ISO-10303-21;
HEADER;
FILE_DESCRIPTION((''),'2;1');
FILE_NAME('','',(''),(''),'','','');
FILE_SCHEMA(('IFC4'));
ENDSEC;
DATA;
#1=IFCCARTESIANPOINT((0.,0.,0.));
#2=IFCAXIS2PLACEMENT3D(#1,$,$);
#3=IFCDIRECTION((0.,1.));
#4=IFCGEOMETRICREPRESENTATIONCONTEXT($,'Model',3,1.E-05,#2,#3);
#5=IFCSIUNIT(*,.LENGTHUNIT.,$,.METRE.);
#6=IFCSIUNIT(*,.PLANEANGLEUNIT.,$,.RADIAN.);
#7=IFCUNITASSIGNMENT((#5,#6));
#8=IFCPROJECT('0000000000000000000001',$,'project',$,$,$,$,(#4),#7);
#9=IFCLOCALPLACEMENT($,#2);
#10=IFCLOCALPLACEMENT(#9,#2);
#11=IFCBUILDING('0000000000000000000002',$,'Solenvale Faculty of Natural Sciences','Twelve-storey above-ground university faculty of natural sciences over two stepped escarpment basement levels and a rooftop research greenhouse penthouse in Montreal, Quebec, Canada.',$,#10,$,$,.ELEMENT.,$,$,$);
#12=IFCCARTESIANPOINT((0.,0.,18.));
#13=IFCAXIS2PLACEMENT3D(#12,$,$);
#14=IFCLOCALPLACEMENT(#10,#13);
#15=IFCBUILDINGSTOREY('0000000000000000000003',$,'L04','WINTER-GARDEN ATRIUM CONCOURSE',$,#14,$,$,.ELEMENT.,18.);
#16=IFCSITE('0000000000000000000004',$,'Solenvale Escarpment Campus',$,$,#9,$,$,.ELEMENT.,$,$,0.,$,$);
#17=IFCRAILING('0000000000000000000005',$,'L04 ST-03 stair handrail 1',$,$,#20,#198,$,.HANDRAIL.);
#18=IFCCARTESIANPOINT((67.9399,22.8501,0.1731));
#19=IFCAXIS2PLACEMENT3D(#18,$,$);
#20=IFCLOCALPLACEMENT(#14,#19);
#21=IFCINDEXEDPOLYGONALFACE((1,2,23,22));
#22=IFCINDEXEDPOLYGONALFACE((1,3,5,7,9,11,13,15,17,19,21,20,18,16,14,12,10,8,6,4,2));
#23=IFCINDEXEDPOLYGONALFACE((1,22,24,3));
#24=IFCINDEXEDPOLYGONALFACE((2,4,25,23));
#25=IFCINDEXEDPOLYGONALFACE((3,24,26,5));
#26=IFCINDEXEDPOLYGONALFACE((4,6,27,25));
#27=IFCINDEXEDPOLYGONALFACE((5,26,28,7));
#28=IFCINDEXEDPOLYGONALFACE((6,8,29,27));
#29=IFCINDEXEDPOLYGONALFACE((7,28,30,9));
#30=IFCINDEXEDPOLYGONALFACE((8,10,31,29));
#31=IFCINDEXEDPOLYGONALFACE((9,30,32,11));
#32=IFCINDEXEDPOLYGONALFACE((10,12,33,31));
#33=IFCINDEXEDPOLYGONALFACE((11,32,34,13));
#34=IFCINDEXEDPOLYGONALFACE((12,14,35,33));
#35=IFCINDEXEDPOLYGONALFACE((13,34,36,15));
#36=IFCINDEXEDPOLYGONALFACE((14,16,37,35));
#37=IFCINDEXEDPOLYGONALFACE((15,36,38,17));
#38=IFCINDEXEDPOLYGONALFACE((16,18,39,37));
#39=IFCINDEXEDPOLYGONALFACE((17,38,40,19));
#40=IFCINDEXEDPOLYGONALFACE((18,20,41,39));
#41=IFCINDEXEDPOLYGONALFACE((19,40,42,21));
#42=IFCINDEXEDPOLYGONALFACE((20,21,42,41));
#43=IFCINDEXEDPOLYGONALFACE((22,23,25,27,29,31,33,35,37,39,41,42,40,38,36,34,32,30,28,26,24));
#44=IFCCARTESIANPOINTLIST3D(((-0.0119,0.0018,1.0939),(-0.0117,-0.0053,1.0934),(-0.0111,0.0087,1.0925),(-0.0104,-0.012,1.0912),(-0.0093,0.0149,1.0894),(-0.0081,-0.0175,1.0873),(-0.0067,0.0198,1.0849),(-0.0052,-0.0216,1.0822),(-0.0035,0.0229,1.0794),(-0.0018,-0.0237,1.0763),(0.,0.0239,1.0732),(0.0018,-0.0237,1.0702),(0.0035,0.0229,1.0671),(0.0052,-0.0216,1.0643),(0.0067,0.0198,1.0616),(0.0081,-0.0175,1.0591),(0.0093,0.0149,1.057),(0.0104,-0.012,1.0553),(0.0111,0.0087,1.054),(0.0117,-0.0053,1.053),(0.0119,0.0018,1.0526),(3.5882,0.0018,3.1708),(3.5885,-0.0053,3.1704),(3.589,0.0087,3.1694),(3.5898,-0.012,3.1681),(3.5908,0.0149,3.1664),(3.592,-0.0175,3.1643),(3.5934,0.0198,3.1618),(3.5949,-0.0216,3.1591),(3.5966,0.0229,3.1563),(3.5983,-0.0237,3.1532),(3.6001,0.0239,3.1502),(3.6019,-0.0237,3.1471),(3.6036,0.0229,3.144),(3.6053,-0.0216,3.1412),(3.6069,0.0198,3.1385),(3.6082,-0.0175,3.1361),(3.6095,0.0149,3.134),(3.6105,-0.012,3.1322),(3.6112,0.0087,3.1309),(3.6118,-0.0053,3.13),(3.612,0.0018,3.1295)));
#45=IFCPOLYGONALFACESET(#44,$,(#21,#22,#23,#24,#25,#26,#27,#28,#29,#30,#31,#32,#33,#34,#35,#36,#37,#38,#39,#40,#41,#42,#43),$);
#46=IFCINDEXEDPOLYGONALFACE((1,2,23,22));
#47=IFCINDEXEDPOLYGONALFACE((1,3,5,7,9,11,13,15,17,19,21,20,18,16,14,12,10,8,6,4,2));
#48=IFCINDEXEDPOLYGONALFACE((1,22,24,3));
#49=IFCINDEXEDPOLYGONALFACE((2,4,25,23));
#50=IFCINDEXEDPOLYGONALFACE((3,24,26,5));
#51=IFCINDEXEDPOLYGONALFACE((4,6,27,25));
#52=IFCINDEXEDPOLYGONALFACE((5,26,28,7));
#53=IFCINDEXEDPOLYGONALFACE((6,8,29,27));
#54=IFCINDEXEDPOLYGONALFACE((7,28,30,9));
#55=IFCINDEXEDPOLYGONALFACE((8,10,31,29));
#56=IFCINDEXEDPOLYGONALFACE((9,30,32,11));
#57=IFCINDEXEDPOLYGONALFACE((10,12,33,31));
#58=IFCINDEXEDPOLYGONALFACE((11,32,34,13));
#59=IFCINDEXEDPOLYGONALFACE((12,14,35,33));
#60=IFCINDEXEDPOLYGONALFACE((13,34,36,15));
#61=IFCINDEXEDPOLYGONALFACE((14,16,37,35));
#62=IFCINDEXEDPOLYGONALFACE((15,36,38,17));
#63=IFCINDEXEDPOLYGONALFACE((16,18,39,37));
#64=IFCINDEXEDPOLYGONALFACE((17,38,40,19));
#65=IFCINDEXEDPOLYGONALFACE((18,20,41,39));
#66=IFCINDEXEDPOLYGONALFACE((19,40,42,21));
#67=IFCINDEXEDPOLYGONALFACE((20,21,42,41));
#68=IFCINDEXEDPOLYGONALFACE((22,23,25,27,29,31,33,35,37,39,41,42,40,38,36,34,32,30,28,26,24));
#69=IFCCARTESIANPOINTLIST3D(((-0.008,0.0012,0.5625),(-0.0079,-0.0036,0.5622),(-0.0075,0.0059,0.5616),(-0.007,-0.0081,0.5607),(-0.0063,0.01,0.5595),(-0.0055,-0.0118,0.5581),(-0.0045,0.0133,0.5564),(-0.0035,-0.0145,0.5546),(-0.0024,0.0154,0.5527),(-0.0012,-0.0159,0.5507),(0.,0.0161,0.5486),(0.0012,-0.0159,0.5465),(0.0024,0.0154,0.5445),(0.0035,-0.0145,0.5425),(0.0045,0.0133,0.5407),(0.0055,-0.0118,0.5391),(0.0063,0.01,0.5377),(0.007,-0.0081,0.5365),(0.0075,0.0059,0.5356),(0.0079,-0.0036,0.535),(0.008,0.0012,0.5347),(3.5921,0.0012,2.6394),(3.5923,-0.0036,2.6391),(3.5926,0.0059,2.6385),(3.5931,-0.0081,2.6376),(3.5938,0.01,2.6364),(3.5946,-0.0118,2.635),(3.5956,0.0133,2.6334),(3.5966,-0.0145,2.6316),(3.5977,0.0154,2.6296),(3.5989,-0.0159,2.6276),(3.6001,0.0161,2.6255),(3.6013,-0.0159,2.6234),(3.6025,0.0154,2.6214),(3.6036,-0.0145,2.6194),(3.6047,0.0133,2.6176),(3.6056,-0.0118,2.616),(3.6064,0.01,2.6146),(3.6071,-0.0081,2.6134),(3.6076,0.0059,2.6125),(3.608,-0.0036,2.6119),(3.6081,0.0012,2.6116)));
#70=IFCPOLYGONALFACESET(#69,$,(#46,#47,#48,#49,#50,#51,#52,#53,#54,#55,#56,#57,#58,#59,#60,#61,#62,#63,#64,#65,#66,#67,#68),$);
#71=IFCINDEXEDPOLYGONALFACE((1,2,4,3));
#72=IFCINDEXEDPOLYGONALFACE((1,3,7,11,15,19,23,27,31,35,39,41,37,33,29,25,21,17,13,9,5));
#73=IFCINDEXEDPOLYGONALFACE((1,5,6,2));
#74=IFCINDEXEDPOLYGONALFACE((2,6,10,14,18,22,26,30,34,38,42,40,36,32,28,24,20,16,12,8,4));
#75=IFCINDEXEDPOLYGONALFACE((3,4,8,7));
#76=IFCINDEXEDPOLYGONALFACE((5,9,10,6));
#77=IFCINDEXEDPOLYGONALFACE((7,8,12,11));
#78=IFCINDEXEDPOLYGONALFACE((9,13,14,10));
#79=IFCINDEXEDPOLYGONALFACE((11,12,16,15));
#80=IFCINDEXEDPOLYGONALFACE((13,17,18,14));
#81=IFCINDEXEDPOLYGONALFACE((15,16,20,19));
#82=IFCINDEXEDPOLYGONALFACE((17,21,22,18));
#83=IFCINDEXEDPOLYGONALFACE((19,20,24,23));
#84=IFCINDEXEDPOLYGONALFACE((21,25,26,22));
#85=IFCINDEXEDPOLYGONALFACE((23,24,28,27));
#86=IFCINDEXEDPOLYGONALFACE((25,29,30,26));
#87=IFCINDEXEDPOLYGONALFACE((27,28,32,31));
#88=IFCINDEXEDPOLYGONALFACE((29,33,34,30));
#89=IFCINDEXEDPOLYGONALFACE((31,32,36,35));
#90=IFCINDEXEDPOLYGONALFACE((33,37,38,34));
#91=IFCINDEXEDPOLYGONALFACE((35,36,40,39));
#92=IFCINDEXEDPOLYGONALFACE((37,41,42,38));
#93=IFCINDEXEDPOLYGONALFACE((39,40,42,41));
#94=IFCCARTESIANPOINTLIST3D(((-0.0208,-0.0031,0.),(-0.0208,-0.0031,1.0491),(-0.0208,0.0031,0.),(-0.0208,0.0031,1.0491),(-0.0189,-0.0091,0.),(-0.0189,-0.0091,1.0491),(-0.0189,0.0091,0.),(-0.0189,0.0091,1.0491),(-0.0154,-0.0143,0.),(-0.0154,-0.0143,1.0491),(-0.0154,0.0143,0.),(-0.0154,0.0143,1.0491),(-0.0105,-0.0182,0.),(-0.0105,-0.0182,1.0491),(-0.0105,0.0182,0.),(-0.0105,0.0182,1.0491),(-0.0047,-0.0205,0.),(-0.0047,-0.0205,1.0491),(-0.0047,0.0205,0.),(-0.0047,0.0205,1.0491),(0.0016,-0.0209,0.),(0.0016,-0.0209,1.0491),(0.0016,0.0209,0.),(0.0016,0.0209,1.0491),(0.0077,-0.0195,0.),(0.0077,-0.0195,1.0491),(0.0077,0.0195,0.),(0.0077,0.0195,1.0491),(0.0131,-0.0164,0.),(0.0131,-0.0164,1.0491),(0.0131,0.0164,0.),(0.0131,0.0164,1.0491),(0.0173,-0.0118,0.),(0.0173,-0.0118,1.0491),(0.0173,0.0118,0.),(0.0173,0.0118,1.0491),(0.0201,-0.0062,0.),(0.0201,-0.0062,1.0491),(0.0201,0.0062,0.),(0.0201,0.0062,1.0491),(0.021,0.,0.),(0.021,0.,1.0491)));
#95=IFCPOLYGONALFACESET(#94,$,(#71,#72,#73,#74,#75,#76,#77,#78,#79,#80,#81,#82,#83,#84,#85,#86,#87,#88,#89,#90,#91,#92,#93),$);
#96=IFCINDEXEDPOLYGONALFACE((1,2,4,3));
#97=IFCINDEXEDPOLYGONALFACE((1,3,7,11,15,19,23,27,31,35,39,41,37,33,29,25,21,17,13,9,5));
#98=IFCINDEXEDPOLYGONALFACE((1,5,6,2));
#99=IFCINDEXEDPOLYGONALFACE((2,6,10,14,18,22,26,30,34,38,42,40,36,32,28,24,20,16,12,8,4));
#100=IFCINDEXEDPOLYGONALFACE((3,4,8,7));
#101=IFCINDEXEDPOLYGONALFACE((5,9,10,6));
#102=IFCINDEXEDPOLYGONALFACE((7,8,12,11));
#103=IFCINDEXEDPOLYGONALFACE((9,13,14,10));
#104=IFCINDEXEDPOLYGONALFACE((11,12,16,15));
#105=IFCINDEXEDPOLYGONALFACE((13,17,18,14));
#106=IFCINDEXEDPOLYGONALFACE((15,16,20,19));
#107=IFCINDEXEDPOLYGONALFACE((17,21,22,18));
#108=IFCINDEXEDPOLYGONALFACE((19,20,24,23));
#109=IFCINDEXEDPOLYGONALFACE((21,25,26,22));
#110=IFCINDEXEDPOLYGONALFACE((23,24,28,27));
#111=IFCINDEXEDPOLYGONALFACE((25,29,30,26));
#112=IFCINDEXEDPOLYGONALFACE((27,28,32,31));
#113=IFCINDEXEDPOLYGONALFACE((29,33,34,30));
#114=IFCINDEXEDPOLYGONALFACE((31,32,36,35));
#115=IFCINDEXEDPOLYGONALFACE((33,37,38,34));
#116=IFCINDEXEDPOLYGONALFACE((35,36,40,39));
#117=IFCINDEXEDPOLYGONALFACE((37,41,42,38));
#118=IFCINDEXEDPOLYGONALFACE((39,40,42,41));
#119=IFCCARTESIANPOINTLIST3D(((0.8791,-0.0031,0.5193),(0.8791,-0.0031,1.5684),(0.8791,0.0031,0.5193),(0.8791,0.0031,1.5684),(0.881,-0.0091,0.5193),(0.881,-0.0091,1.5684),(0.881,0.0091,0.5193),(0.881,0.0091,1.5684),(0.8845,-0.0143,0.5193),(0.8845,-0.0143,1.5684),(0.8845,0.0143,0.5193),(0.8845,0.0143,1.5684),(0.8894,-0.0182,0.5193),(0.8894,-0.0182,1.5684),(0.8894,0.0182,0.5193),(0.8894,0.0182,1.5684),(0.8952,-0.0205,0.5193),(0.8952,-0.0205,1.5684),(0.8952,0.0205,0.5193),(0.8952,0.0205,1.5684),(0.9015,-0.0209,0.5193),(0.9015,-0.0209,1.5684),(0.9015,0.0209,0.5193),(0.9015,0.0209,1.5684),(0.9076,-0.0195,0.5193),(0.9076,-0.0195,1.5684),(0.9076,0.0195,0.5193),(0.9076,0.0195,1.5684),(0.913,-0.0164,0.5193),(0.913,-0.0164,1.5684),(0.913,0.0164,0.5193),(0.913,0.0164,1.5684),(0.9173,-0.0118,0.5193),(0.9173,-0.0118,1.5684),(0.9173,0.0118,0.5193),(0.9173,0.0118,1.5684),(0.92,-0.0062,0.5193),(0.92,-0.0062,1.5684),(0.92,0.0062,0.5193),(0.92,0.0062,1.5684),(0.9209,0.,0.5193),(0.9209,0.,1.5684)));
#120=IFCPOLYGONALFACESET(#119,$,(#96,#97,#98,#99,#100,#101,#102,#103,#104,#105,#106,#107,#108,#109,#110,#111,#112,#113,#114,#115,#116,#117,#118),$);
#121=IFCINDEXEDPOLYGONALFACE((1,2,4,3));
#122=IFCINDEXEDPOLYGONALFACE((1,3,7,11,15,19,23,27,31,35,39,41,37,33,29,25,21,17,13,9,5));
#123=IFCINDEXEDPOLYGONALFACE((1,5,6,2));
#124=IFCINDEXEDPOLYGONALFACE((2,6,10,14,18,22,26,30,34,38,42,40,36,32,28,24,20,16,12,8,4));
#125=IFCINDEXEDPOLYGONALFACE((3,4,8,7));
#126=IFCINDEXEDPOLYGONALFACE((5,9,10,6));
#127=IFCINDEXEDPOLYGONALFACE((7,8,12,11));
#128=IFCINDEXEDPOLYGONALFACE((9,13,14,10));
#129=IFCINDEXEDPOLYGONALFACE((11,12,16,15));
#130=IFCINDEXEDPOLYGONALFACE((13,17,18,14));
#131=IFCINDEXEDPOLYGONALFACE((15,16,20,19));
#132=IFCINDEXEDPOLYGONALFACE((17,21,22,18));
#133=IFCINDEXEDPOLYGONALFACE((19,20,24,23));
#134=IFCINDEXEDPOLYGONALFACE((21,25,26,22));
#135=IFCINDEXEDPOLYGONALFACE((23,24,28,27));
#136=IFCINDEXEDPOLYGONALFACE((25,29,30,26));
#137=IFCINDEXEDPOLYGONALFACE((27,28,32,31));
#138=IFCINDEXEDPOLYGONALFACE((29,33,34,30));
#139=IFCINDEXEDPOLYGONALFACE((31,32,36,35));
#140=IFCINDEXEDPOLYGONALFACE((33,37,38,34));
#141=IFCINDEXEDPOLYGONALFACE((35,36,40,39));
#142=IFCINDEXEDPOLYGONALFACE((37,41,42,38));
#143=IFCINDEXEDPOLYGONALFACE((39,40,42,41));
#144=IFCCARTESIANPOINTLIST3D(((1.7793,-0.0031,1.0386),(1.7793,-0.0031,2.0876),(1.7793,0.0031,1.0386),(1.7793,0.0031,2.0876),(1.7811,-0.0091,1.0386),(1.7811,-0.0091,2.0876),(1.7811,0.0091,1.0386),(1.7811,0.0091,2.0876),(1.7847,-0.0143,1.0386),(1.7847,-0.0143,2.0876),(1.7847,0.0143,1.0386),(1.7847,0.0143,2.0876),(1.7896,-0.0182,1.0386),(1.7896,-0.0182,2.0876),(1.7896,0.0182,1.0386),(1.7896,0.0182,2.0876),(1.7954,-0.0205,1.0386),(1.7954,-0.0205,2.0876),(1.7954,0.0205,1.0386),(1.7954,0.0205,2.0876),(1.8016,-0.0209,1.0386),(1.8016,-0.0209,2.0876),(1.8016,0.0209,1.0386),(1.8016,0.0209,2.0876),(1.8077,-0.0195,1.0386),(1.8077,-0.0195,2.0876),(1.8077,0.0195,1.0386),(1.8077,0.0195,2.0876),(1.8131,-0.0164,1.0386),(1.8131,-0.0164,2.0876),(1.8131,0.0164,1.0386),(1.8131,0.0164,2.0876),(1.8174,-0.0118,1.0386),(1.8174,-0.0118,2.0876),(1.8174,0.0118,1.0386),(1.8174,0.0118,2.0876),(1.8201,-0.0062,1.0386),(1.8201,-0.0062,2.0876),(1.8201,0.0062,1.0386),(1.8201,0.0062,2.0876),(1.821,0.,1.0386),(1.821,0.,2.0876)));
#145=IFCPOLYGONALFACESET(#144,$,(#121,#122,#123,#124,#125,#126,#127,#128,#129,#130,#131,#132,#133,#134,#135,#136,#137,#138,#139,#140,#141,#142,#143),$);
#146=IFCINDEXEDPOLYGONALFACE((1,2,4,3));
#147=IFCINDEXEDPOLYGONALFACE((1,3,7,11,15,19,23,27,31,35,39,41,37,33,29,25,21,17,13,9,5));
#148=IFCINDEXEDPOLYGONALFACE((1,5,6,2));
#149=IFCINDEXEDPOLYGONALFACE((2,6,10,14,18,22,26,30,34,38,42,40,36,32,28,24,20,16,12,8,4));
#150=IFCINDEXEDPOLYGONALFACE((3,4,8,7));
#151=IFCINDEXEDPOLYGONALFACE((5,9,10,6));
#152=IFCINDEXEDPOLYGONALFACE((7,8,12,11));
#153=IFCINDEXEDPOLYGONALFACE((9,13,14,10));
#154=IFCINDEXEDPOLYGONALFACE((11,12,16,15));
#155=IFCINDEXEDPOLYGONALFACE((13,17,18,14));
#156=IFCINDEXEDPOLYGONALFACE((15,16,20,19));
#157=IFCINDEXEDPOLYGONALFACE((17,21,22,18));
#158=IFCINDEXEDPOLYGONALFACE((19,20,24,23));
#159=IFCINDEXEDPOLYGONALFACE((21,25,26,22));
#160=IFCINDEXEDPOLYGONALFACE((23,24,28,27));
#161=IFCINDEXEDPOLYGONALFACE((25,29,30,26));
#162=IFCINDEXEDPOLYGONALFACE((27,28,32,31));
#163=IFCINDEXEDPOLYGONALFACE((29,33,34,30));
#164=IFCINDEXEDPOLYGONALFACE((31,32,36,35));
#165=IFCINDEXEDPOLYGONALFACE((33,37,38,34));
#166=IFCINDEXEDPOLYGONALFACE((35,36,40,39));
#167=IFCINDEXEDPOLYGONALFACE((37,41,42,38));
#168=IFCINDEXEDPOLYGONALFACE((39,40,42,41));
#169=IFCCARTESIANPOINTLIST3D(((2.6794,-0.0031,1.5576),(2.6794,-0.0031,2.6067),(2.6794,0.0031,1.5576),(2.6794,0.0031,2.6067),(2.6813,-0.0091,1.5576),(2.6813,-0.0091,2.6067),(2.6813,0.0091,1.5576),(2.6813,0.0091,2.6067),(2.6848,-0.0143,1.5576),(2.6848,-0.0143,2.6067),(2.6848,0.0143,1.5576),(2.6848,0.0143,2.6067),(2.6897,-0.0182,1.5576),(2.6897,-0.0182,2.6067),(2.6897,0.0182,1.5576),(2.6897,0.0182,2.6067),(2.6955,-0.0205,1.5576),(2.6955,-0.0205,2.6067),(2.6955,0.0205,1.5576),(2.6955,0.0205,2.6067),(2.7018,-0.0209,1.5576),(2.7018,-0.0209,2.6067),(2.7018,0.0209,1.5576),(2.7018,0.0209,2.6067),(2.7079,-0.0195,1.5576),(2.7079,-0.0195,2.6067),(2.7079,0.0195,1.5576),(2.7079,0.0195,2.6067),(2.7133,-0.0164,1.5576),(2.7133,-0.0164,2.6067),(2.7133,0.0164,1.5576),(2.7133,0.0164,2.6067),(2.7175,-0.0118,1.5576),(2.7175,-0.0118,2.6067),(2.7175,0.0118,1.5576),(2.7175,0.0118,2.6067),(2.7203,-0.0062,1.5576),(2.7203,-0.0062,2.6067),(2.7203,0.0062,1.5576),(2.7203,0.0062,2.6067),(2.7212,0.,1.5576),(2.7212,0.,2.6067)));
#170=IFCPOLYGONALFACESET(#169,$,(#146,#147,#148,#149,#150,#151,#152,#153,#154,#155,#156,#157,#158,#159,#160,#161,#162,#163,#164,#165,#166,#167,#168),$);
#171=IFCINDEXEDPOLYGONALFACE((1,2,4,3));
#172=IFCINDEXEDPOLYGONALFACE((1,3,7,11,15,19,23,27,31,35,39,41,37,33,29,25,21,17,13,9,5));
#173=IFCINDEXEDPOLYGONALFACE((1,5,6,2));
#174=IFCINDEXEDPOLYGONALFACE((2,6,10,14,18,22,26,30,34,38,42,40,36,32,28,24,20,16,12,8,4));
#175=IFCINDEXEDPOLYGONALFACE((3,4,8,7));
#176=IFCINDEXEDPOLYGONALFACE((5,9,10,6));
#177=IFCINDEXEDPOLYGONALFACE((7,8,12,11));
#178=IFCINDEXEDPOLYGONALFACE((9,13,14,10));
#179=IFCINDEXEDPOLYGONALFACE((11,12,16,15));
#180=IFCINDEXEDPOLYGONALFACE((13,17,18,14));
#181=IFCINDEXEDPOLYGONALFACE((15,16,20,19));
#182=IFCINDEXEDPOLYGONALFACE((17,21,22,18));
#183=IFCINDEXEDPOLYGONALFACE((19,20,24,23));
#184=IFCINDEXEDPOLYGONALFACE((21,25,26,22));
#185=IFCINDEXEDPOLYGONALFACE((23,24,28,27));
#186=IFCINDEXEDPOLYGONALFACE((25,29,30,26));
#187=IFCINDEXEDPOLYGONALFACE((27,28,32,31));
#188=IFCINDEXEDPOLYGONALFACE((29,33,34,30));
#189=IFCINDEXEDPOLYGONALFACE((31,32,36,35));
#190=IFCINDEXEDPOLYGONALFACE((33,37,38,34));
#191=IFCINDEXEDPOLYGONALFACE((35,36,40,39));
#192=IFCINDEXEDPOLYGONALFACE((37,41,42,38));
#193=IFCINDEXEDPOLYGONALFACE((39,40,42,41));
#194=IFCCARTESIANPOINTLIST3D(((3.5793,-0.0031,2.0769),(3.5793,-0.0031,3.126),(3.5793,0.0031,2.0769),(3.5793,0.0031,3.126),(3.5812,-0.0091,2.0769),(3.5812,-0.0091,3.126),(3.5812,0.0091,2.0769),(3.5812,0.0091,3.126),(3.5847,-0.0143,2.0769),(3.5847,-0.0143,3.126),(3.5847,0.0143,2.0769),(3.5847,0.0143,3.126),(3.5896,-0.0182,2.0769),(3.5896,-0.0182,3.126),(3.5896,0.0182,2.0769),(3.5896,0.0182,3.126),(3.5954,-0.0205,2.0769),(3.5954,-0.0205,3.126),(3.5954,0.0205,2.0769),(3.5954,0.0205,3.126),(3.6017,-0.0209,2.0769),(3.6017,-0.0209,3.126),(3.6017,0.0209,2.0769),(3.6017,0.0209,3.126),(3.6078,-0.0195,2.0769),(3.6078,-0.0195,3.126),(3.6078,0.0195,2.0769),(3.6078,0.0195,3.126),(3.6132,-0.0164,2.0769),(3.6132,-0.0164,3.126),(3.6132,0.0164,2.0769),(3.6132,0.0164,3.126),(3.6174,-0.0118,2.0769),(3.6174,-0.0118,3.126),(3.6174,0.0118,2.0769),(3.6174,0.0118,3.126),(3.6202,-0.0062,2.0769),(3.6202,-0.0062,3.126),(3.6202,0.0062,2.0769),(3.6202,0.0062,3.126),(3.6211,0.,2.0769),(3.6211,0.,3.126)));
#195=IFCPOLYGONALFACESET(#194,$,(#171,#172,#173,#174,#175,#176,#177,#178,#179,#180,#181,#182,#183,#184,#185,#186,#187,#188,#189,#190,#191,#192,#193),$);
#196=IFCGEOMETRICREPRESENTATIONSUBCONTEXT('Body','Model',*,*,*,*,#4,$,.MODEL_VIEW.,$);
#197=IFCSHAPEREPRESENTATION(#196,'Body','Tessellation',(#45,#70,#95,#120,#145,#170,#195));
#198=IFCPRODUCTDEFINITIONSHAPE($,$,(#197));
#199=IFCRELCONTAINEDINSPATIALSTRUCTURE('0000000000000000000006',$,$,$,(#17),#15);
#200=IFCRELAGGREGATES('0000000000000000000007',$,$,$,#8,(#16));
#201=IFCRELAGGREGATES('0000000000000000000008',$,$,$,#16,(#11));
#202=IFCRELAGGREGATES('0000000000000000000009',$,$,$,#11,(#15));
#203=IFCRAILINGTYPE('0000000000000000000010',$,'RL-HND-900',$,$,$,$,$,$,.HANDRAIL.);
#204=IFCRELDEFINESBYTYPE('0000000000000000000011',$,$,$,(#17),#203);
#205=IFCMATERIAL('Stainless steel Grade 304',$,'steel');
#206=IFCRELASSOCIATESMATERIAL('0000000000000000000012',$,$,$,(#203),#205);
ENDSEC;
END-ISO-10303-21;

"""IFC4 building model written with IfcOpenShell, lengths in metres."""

from ifc_helpers import new_model, si_unit, direction, frame, origin, origin_2d, place, context, subcontext, project, spatial, circle, extrude, material, type_object, element, save


model = new_model("IFC4")

# Units and contexts
model_context = context("Model", 3, precision=1e-05, world=origin(), true_north=direction((0.0, 1.0)))
body_context = subcontext(model_context, "Body", "Model", "MODEL_VIEW")
ifc_project = project(units=[si_unit("LENGTHUNIT", "METRE"), si_unit("PLANEANGLEUNIT", "RADIAN")], contexts=[model_context])

# Site, building, storey
site_placement = place(None, origin())
site = spatial("IfcSite", under=ifc_project, at=site_placement, Name="Solenvale Escarpment Campus", CompositionType="ELEMENT", RefElevation=0.0)
building_placement = place(site_placement, origin())
building = spatial("IfcBuilding", under=site, at=building_placement, Name="Solenvale Faculty of Natural Sciences", Description="Twelve-storey above-ground university faculty of natural sciences over two stepped escarpment basement levels and a rooftop research greenhouse penthouse in Montreal, Quebec, Canada.", CompositionType="ELEMENT")
storey_placement = place(building_placement, frame((0.0, 0.0, 18.0)))
storey = spatial("IfcBuildingStorey", under=building, at=storey_placement, Name="L04", Description="WINTER-GARDEN ATRIUM CONCOURSE", CompositionType="ELEMENT", Elevation=18.0)

# Railing
ifc_material_1 = material(Name="Stainless steel Grade 304", Category="steel")
railing_type_1 = type_object("IfcRailingType", Name="RL-HND-900", PredefinedType="HANDRAIL", material=ifc_material_1)
railing_1_placement = place(storey_placement, frame((67.9399, 22.8501, 0.1731)))
element("IfcRailing", 1, at=railing_1_placement, inside=storey, type_object=railing_type_1, Name="L04 ST-03 stair handrail 1", PredefinedType="HANDRAIL", context=body_context, shape_type="SweptSolid", body=[
    extrude(circle(Radius=0.0239, at=origin_2d()), frame((0.0, 0.0, 1.0732), z_axis=(0.866193, 0.0, 0.499709), x_axis=(0.0, 1.0, 0.0)), (0.0, 0.0, 1.0), 4.1562),
    extrude(circle(Radius=0.0161, at=origin_2d()), frame((0.0, 0.0, 0.5486), z_axis=(0.866193, 0.0, 0.499709), x_axis=(0.0, 1.0, 0.0)), (0.0, 0.0, 1.0), 4.1562),
    extrude(circle(Radius=0.021, at=origin_2d()), origin(), (0.0, 0.0, 1.0), 1.0491),
    extrude(circle(Radius=0.021, at=origin_2d()), frame((0.8999, 0.0, 0.5193)), (0.0, 0.0, 1.0), 1.0491),
    extrude(circle(Radius=0.021, at=origin_2d()), frame((1.8, 0.0, 1.0386)), (0.0, 0.0, 1.0), 1.0491),
    extrude(circle(Radius=0.021, at=origin_2d()), frame((2.7002, 0.0, 1.5576)), (0.0, 0.0, 1.0), 1.0491),
    extrude(circle(Radius=0.021, at=origin_2d()), frame((3.6001, 0.0, 2.0769)), (0.0, 0.0, 1.0), 1.0491),
])

save(model, "model.ifc")
